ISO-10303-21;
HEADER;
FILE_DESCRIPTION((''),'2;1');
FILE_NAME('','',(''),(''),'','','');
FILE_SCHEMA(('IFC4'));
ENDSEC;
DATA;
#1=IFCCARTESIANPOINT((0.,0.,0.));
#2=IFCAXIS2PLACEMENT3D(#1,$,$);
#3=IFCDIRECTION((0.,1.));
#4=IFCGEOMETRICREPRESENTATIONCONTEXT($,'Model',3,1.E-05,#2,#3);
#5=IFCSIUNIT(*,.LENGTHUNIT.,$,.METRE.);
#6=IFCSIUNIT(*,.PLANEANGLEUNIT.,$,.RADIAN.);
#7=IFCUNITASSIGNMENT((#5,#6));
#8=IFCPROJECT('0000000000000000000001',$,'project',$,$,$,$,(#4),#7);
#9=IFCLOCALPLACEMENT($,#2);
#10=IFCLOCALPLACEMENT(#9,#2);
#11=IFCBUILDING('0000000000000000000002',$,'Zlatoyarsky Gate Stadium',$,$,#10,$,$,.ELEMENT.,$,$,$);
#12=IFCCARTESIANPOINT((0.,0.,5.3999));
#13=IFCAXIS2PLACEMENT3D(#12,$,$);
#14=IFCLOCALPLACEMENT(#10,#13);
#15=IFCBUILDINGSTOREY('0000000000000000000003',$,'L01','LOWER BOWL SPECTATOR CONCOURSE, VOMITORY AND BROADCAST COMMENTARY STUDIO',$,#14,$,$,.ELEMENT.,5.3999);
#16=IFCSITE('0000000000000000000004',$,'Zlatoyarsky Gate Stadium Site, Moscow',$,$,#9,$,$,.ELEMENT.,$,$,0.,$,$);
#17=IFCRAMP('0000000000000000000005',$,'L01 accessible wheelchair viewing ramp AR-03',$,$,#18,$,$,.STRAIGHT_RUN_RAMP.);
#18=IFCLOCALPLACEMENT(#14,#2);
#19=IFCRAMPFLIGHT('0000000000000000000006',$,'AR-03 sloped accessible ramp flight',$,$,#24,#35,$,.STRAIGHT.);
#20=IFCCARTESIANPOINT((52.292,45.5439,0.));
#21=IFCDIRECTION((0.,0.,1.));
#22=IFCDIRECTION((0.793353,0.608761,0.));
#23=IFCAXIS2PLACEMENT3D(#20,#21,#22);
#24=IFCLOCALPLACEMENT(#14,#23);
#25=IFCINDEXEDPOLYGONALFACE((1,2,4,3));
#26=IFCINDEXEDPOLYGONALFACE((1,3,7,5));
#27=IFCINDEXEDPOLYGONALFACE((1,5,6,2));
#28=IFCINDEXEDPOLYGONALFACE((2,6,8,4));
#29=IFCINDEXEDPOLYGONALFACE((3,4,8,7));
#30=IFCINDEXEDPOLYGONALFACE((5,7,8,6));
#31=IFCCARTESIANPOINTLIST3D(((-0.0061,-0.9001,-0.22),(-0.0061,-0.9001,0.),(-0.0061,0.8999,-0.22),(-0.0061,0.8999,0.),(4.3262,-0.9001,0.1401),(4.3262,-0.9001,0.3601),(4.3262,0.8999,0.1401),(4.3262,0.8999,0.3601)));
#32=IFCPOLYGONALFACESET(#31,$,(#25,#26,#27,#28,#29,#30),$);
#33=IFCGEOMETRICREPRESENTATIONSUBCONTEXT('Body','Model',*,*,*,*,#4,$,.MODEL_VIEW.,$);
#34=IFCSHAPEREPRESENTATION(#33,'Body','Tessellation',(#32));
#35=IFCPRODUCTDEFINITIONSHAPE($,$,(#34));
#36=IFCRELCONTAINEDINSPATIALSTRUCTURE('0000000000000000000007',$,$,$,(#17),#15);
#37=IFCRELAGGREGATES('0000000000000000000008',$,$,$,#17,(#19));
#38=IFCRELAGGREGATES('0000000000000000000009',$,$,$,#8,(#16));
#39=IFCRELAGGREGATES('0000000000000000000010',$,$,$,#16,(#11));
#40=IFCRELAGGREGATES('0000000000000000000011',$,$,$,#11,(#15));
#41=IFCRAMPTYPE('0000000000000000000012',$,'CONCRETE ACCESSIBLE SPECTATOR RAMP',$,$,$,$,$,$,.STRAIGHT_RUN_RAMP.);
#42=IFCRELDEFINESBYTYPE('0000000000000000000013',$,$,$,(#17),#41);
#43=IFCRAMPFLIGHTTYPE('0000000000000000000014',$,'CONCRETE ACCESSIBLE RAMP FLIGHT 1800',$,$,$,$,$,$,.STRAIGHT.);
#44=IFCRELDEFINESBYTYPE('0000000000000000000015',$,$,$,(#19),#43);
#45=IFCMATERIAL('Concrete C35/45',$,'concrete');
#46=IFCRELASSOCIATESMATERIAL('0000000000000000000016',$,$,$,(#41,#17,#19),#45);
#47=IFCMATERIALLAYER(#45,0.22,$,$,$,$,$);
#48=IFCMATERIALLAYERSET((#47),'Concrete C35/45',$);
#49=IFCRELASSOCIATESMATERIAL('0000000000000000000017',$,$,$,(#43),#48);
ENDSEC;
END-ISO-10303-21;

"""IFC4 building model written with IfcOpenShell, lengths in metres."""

from ifc_helpers import new_model, si_unit, direction, frame, origin, place, context, subcontext, project, spatial, polyline, outline, extrude, material, layer, layer_set, type_object, element, aggregate, save


model = new_model("IFC4")

# Units and contexts
model_context = context("Model", 3, precision=1e-05, world=origin(), true_north=direction((0.0, 1.0)))
body_context = subcontext(model_context, "Body", "Model", "MODEL_VIEW")
ifc_project = project(units=[si_unit("LENGTHUNIT", "METRE"), si_unit("PLANEANGLEUNIT", "RADIAN")], contexts=[model_context])

# Site, building, storey
site_placement = place(None, origin())
site = spatial("IfcSite", under=ifc_project, at=site_placement, Name="Zlatoyarsky Gate Stadium Site, Moscow", CompositionType="ELEMENT", RefElevation=0.0)
building_placement = place(site_placement, origin())
building = spatial("IfcBuilding", under=site, at=building_placement, Name="Zlatoyarsky Gate Stadium", CompositionType="ELEMENT")
storey_placement = place(building_placement, frame((0.0, 0.0, 5.3999)))
storey = spatial("IfcBuildingStorey", under=building, at=storey_placement, Name="L01", Description="LOWER BOWL SPECTATOR CONCOURSE, VOMITORY AND BROADCAST COMMENTARY STUDIO", CompositionType="ELEMENT", Elevation=5.3999)

# Ramp, ramp flight
ifc_material_1 = material(Name="Concrete C35/45", Category="concrete")
ramp_type = type_object("IfcRampType", Name="CONCRETE ACCESSIBLE SPECTATOR RAMP", PredefinedType="STRAIGHT_RUN_RAMP", material=ifc_material_1)
ramp_placement = place(storey_placement, origin())
ramp = element("IfcRamp", 1, at=ramp_placement, inside=storey, type_object=ramp_type, material=ifc_material_1, Name="L01 accessible wheelchair viewing ramp AR-03", PredefinedType="STRAIGHT_RUN_RAMP")
ifc_layer_1 = layer(ifc_material_1, 0.22)
ifc_layer_set_1 = layer_set([ifc_layer_1], Name="Concrete C35/45")
ramp_flight_type = type_object("IfcRampFlightType", Name="CONCRETE ACCESSIBLE RAMP FLIGHT 1800", PredefinedType="STRAIGHT", material=ifc_layer_set_1)
ramp_flight_placement = place(storey_placement, frame((52.292, 45.5439, 0.0), z_axis=(0.0, 0.0, 1.0), x_axis=(0.793353, 0.608761, 0.0)))
ramp_flight = element("IfcRampFlight", 2, at=ramp_flight_placement, type_object=ramp_flight_type, material=ifc_material_1, Name="AR-03 sloped accessible ramp flight", PredefinedType="STRAIGHT", context=body_context, shape_type="SweptSolid", body=[
    extrude(outline(polyline([(-0.0061, 0.0), (4.3262, 0.3601), (4.3262, 0.1401), (-0.0061, -0.22), (-0.0061, 0.0)])), frame((0.0, 0.8999, 0.0), z_axis=(0.0, -1.0, 0.0), x_axis=(1.0, 0.0, 0.0)), (0.0, 0.0, 1.0), 1.8),
])
aggregate(ramp, [ramp_flight])

save(model, "model.ifc")
